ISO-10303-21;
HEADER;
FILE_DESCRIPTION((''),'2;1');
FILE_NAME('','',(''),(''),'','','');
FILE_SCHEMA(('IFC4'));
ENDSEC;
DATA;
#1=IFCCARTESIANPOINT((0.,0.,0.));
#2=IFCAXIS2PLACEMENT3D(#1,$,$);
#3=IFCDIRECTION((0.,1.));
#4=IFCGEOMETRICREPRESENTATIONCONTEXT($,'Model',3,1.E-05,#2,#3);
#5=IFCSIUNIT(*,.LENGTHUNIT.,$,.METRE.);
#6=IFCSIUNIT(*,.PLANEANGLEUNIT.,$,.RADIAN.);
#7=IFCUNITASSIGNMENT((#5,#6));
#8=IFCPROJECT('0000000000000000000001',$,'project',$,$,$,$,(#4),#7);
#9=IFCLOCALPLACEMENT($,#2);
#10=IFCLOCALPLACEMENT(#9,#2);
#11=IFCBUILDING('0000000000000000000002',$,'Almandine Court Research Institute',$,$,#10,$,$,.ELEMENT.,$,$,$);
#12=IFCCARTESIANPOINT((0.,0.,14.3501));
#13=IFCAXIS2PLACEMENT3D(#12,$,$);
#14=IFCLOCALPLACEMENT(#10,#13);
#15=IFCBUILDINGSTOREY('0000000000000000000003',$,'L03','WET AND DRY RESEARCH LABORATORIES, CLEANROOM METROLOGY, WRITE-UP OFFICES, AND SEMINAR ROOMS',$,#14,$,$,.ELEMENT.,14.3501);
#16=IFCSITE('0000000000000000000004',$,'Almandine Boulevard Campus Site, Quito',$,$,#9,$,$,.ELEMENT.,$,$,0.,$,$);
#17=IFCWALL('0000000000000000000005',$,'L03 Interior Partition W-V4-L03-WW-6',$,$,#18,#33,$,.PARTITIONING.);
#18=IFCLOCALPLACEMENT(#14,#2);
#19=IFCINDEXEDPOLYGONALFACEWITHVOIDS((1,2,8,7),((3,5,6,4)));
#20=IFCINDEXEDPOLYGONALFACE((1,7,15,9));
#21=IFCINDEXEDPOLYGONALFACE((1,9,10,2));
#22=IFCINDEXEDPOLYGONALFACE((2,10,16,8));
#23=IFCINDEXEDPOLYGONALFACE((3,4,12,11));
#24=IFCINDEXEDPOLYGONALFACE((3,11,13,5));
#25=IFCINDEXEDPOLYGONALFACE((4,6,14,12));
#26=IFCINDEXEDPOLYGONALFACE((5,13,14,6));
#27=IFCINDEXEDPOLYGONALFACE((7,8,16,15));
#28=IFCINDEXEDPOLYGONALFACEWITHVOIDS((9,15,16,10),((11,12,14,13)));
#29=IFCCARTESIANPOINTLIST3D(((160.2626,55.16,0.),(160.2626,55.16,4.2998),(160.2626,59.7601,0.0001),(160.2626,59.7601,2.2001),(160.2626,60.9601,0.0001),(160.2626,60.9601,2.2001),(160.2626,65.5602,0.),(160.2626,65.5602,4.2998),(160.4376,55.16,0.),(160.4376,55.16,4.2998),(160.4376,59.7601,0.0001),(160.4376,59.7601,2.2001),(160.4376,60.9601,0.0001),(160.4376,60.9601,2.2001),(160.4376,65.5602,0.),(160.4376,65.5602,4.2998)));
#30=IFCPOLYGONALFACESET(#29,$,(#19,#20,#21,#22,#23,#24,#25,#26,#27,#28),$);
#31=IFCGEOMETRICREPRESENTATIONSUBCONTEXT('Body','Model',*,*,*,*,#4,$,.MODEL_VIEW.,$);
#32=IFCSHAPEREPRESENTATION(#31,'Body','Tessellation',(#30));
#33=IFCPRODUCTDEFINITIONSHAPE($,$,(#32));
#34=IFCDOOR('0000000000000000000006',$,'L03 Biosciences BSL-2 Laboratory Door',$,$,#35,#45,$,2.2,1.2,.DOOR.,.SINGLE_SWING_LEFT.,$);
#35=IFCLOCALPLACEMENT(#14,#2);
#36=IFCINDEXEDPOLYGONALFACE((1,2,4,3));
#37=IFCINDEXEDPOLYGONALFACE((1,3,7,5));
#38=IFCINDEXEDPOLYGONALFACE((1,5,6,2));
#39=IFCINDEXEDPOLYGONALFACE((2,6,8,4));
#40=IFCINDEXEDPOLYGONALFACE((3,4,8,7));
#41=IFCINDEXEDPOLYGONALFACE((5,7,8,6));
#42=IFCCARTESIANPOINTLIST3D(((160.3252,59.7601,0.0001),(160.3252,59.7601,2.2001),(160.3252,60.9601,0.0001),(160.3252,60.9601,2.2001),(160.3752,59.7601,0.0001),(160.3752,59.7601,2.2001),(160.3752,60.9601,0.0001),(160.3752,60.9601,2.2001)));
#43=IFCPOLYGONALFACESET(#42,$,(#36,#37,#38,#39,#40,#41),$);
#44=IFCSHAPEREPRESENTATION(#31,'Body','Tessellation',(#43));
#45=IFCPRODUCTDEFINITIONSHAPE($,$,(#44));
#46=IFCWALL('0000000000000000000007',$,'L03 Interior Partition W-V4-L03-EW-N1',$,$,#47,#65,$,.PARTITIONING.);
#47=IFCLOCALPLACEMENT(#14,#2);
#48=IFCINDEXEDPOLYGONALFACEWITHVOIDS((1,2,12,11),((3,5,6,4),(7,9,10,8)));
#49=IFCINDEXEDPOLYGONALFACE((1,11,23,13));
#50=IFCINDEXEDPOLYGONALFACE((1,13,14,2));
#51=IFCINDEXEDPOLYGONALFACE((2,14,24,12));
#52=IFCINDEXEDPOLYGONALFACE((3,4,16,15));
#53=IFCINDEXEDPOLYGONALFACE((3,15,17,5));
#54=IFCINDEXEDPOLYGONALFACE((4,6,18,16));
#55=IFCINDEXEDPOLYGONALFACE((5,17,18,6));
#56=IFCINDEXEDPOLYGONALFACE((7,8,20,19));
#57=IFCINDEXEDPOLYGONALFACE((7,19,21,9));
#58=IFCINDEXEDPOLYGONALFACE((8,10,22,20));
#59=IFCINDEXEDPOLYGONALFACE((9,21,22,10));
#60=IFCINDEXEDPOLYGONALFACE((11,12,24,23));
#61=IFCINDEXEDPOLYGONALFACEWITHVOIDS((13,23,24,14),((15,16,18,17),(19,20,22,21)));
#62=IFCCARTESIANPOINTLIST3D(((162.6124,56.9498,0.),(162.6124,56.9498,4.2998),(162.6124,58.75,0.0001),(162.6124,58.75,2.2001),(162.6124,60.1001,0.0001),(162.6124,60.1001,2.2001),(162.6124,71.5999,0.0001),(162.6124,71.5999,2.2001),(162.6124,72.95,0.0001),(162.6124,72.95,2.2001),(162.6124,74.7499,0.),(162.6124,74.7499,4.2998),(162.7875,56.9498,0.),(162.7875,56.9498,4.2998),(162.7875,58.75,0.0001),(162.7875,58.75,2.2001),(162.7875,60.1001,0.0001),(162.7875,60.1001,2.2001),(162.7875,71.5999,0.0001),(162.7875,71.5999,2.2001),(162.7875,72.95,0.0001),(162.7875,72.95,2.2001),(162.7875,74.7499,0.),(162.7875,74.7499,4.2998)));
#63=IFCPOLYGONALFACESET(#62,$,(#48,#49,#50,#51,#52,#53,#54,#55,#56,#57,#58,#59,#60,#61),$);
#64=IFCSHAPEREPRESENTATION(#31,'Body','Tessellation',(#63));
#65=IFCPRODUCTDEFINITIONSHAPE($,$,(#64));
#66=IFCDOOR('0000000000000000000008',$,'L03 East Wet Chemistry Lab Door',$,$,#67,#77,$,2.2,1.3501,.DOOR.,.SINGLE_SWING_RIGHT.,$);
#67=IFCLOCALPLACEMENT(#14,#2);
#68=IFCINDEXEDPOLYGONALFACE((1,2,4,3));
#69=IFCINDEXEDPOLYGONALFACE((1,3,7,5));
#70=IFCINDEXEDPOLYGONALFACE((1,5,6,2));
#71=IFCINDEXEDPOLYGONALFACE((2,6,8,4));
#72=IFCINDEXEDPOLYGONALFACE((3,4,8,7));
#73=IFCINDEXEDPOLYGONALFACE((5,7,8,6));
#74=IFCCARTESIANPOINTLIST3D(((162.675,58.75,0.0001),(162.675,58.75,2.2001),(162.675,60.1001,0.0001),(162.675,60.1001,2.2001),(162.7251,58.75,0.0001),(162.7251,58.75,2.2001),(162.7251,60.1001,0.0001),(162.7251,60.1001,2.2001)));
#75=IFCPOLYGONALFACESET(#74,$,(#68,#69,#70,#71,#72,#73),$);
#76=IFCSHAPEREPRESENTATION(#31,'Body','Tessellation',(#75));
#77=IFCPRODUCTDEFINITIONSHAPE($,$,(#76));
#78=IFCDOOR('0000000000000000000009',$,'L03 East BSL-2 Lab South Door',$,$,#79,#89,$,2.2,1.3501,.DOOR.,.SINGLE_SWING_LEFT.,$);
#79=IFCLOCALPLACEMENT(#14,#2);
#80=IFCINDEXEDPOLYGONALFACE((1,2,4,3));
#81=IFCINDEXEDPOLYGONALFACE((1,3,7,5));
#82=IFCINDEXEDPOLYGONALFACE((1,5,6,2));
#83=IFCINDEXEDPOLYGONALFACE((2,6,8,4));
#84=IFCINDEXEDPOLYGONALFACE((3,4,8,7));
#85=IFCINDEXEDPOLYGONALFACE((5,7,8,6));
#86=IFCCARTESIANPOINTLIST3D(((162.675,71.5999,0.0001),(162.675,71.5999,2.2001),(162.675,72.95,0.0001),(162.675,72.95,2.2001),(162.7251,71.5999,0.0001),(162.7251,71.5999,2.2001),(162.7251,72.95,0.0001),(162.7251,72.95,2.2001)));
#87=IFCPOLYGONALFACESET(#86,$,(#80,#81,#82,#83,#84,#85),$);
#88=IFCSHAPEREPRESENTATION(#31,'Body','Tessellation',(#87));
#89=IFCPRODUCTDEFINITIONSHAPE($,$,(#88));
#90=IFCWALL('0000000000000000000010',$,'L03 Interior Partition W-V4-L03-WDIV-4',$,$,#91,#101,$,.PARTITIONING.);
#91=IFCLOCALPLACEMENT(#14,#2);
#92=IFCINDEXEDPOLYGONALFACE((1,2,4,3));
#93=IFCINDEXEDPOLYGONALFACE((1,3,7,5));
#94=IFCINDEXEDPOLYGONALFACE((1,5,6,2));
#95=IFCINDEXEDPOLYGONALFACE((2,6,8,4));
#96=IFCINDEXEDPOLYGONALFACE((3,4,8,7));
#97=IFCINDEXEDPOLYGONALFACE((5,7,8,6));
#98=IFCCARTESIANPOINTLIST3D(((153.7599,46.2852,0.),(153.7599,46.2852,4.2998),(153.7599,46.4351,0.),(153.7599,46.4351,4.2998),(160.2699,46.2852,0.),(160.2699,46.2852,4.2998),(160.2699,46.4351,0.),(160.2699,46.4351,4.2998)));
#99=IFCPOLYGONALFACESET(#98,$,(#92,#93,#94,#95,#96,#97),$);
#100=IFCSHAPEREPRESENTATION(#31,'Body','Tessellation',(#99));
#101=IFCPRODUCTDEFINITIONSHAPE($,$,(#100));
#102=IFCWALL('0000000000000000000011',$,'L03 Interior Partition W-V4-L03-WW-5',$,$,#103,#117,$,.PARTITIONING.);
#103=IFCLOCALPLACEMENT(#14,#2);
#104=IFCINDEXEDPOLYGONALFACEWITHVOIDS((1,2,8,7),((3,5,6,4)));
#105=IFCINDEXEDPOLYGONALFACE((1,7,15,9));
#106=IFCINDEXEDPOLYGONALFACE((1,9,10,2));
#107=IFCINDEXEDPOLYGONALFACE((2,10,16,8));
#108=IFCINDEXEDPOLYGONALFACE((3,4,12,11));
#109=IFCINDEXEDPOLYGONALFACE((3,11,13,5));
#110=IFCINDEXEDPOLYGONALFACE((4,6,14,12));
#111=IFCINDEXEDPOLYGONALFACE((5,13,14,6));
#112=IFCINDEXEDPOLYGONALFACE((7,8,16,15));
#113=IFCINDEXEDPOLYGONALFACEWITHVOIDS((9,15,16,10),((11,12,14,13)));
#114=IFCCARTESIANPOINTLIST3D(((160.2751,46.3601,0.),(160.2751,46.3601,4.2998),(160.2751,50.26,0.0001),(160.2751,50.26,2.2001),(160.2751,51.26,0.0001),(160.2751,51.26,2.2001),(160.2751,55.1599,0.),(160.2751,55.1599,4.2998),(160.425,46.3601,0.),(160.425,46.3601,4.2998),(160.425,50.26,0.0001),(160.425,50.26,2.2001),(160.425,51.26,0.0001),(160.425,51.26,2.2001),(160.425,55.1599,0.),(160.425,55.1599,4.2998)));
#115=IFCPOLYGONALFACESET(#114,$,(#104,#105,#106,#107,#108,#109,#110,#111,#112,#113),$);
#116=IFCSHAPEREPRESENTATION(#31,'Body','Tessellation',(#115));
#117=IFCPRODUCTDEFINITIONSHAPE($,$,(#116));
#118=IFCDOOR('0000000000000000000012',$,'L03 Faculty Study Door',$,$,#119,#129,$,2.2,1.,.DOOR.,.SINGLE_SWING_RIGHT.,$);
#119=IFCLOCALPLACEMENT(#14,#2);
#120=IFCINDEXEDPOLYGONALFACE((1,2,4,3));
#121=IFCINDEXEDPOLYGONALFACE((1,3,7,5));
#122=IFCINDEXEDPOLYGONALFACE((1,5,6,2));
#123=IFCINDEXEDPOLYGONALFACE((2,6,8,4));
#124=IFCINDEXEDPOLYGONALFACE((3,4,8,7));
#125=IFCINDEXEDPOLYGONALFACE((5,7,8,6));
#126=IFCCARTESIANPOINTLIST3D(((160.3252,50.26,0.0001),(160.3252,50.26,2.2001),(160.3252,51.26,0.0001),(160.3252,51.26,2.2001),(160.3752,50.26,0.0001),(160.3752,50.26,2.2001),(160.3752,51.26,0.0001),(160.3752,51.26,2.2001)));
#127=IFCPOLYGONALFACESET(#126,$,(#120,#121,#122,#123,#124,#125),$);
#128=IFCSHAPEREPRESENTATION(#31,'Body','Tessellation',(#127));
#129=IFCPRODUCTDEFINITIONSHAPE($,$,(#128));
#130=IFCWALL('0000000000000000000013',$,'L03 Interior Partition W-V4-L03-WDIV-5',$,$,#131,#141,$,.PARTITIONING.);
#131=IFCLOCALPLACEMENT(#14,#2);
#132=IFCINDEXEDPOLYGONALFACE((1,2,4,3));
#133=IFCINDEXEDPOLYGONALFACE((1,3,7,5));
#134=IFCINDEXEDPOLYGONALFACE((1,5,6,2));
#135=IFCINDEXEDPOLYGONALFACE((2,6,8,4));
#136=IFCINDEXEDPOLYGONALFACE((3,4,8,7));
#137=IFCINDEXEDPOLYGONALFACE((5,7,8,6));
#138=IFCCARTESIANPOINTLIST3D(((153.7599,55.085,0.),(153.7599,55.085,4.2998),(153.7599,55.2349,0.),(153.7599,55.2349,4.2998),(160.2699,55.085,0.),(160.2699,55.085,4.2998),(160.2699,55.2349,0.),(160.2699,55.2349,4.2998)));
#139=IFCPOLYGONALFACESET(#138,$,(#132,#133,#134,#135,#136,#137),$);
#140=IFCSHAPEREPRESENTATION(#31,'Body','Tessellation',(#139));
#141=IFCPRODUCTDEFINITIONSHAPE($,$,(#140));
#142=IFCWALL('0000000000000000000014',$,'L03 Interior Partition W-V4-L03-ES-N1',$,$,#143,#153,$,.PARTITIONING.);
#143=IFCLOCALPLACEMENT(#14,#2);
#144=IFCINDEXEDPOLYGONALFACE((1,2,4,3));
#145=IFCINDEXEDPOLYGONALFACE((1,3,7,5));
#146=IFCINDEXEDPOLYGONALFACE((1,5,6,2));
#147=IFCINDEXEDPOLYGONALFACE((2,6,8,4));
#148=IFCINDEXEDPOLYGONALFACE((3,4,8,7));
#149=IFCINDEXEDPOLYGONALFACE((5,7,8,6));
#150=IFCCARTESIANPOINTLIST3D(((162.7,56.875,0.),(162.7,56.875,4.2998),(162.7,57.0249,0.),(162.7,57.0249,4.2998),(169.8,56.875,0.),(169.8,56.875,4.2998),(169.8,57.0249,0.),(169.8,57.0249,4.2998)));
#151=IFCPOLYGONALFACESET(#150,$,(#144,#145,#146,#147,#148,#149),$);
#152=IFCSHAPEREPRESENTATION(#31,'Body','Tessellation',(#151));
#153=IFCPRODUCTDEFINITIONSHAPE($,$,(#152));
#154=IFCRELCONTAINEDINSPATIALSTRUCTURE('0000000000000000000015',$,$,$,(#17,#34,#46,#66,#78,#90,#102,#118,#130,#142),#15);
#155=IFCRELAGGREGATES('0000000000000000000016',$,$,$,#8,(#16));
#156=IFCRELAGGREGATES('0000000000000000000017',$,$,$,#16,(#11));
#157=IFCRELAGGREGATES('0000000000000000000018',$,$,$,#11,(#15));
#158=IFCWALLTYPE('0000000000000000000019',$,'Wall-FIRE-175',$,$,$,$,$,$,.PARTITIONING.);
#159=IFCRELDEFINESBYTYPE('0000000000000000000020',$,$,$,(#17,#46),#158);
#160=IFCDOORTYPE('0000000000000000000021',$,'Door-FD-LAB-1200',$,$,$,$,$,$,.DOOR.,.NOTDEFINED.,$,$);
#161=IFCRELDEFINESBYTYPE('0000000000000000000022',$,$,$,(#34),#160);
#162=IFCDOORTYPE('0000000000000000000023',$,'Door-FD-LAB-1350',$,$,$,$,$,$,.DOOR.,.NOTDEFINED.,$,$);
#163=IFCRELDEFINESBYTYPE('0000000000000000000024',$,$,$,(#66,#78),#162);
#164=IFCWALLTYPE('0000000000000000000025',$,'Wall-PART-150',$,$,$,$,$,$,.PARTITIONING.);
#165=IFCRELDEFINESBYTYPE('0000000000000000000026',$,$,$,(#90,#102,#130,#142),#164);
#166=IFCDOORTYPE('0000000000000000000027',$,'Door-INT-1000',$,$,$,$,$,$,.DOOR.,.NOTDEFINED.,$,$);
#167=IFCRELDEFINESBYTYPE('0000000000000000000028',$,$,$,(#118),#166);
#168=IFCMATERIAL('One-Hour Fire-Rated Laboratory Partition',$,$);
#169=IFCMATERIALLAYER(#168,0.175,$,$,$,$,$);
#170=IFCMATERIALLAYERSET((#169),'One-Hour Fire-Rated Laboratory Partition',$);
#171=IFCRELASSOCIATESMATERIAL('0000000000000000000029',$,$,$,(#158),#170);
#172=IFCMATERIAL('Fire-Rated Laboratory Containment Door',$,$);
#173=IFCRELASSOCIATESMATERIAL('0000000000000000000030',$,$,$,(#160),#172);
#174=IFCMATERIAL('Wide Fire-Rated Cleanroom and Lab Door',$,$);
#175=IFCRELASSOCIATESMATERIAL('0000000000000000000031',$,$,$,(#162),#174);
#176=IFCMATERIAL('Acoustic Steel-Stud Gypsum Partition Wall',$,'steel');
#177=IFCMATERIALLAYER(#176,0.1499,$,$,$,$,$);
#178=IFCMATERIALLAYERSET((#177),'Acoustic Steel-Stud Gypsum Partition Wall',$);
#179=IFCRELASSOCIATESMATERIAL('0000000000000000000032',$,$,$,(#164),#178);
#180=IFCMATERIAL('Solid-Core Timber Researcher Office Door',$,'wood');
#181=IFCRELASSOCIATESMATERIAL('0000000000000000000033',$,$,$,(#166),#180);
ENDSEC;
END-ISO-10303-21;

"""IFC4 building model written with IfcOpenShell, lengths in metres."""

from ifc_helpers import new_model, si_unit, direction, frame, frame_2d, origin, place, context, subcontext, project, spatial, rectangle, extrude, material, layer, layer_set, type_object, element, fill, save


model = new_model("IFC4")

# Units and contexts
model_context = context("Model", 3, precision=1e-05, world=origin(), true_north=direction((0.0, 1.0)))
body_context = subcontext(model_context, "Body", "Model", "MODEL_VIEW")
ifc_project = project(units=[si_unit("LENGTHUNIT", "METRE"), si_unit("PLANEANGLEUNIT", "RADIAN")], contexts=[model_context])

# Site, building, storey
site_placement = place(None, origin())
site = spatial("IfcSite", under=ifc_project, at=site_placement, Name="Almandine Boulevard Campus Site, Quito", CompositionType="ELEMENT", RefElevation=0.0)
building_placement = place(site_placement, origin())
building = spatial("IfcBuilding", under=site, at=building_placement, Name="Almandine Court Research Institute", CompositionType="ELEMENT")
storey_placement = place(building_placement, frame((0.0, 0.0, 14.3501)))
storey = spatial("IfcBuildingStorey", under=building, at=storey_placement, Name="L03", Description="WET AND DRY RESEARCH LABORATORIES, CLEANROOM METROLOGY, WRITE-UP OFFICES, AND SEMINAR ROOMS", CompositionType="ELEMENT", Elevation=14.3501)

# Wall, opening, door
ifc_material_1 = material(Name="One-Hour Fire-Rated Laboratory Partition")
ifc_layer_1 = layer(ifc_material_1, 0.175)
ifc_layer_set_1 = layer_set([ifc_layer_1], Name="One-Hour Fire-Rated Laboratory Partition")
wall_type_1 = type_object("IfcWallType", Name="Wall-FIRE-175", PredefinedType="PARTITIONING", material=ifc_layer_set_1)
wall_1_placement = place(storey_placement, frame((160.3501, 55.1599, 0.0), z_axis=(0.0, 0.0, 1.0), x_axis=(0.0, 1.0, 0.0)))
wall_1 = element("IfcWall", 1, at=wall_1_placement, inside=storey, type_object=wall_type_1, Name="L03 Interior Partition W-V4-L03-WW-6", PredefinedType="PARTITIONING", context=body_context, shape_type="SweptSolid", body=[
    extrude(rectangle(XDim=10.4001, YDim=0.175, at=frame_2d((5.2002, 0.0))), origin(), (0.0, 0.0, 1.0), 4.2998),
])
opening_1_placement = place(wall_1_placement, frame((4.6001, 0.0, 0.0)))
opening_1 = element("IfcOpeningElement", 2, at=opening_1_placement, cuts=wall_1, PredefinedType="OPENING", context=body_context, shape_type="SweptSolid", body=[
    extrude(rectangle(XDim=1.2, YDim=2.2, at=frame_2d((0.6001, 1.1001))), frame((0.0, 0.0974, 0.0), z_axis=(0.0, -1.0, 0.0), x_axis=(1.0, 0.0, 0.0)), (0.0, 0.0, 1.0), 0.1951),
])
ifc_material_2 = material(Name="Fire-Rated Laboratory Containment Door")
door_type_1 = type_object("IfcDoorType", Name="Door-FD-LAB-1200", OperationType="NOTDEFINED", PredefinedType="DOOR", material=ifc_material_2)
door_1_placement = place(opening_1_placement, origin())
door_1 = element("IfcDoor", 3, at=door_1_placement, inside=storey, type_object=door_type_1, Name="L03 Biosciences BSL-2 Laboratory Door", OperationType="SINGLE_SWING_LEFT", OverallHeight=2.2, OverallWidth=1.2, PredefinedType="DOOR", context=body_context, shape_type="SweptSolid", body=[
    extrude(rectangle(XDim=1.2, YDim=2.2, at=frame_2d((0.6001, 1.1001))), frame((0.0, 0.0249, 0.0), z_axis=(0.0, -1.0, 0.0), x_axis=(1.0, 0.0, 0.0)), (0.0, 0.0, 1.0), 0.05),
])
fill(opening_1, door_1)

# Wall, openings, doors
wall_2_placement = place(storey_placement, frame((162.7, 56.95, 0.0), z_axis=(0.0, 0.0, 1.0), x_axis=(0.0, 1.0, 0.0)))
wall_2 = element("IfcWall", 4, at=wall_2_placement, inside=storey, type_object=wall_type_1, Name="L03 Interior Partition W-V4-L03-EW-N1", PredefinedType="PARTITIONING", context=body_context, shape_type="SweptSolid", body=[
    extrude(rectangle(XDim=17.8, YDim=0.175, at=frame_2d((8.8999, 0.0))), origin(), (0.0, 0.0, 1.0), 4.2998),
])
opening_2_placement = place(wall_2_placement, frame((1.8, 0.0, 0.0)))
opening_2 = element("IfcOpeningElement", 5, at=opening_2_placement, cuts=wall_2, PredefinedType="OPENING", context=body_context, shape_type="SweptSolid", body=[
    extrude(rectangle(XDim=1.3501, YDim=2.2, at=frame_2d((0.675, 1.1001))), frame((0.0, 0.0974, 0.0), z_axis=(0.0, -1.0, 0.0), x_axis=(1.0, 0.0, 0.0)), (0.0, 0.0, 1.0), 0.1951),
])
opening_3_placement = place(wall_2_placement, frame((14.6499, 0.0, 0.0)))
opening_3 = element("IfcOpeningElement", 6, at=opening_3_placement, cuts=wall_2, PredefinedType="OPENING", context=body_context, shape_type="SweptSolid", body=[
    extrude(rectangle(XDim=1.3501, YDim=2.2, at=frame_2d((0.675, 1.1001))), frame((0.0, 0.0974, 0.0), z_axis=(0.0, -1.0, 0.0), x_axis=(1.0, 0.0, 0.0)), (0.0, 0.0, 1.0), 0.1951),
])
ifc_material_3 = material(Name="Wide Fire-Rated Cleanroom and Lab Door")
door_type_2 = type_object("IfcDoorType", Name="Door-FD-LAB-1350", OperationType="NOTDEFINED", PredefinedType="DOOR", material=ifc_material_3)
door_2_placement = place(opening_2_placement, origin())
door_2 = element("IfcDoor", 7, at=door_2_placement, inside=storey, type_object=door_type_2, Name="L03 East Wet Chemistry Lab Door", OperationType="SINGLE_SWING_RIGHT", OverallHeight=2.2, OverallWidth=1.3501, PredefinedType="DOOR", context=body_context, shape_type="SweptSolid", body=[
    extrude(rectangle(XDim=1.3501, YDim=2.2, at=frame_2d((0.675, 1.1001))), frame((0.0, 0.0249, 0.0), z_axis=(0.0, -1.0, 0.0), x_axis=(1.0, 0.0, 0.0)), (0.0, 0.0, 1.0), 0.05),
])
fill(opening_2, door_2)
door_3_placement = place(opening_3_placement, origin())
door_3 = element("IfcDoor", 8, at=door_3_placement, inside=storey, type_object=door_type_2, Name="L03 East BSL-2 Lab South Door", OperationType="SINGLE_SWING_LEFT", OverallHeight=2.2, OverallWidth=1.3501, PredefinedType="DOOR", context=body_context, shape_type="SweptSolid", body=[
    extrude(rectangle(XDim=1.3501, YDim=2.2, at=frame_2d((0.675, 1.1001))), frame((0.0, 0.0249, 0.0), z_axis=(0.0, -1.0, 0.0), x_axis=(1.0, 0.0, 0.0)), (0.0, 0.0, 1.0), 0.05),
])
fill(opening_3, door_3)

# Wall
ifc_material_4 = material(Name="Acoustic Steel-Stud Gypsum Partition Wall", Category="steel")
ifc_layer_2 = layer(ifc_material_4, 0.1499)
ifc_layer_set_2 = layer_set([ifc_layer_2], Name="Acoustic Steel-Stud Gypsum Partition Wall")
wall_type_2 = type_object("IfcWallType", Name="Wall-PART-150", PredefinedType="PARTITIONING", material=ifc_layer_set_2)
wall_3_placement = place(storey_placement, frame((153.76, 46.3601, 0.0), z_axis=(0.0, 0.0, 1.0), x_axis=(1.0, 0.0, 0.0)))
element("IfcWall", 9, at=wall_3_placement, inside=storey, type_object=wall_type_2, Name="L03 Interior Partition W-V4-L03-WDIV-4", PredefinedType="PARTITIONING", context=body_context, shape_type="SweptSolid", body=[
    extrude(rectangle(XDim=6.51, YDim=0.1499, at=frame_2d((3.2549, 0.0))), origin(), (0.0, 0.0, 1.0), 4.2998),
])

# Wall, opening, door
wall_4_placement = place(storey_placement, frame((160.3501, 46.3601, 0.0), z_axis=(0.0, 0.0, 1.0), x_axis=(0.0, 1.0, 0.0)))
wall_4 = element("IfcWall", 10, at=wall_4_placement, inside=storey, type_object=wall_type_2, Name="L03 Interior Partition W-V4-L03-WW-5", PredefinedType="PARTITIONING", context=body_context, shape_type="SweptSolid", body=[
    extrude(rectangle(XDim=8.7998, YDim=0.1499, at=frame_2d((4.3999, 0.0))), origin(), (0.0, 0.0, 1.0), 4.2998),
])
opening_4_placement = place(wall_4_placement, frame((3.8999, 0.0, 0.0)))
opening_4 = element("IfcOpeningElement", 11, at=opening_4_placement, cuts=wall_4, PredefinedType="OPENING", context=body_context, shape_type="SweptSolid", body=[
    extrude(rectangle(XDim=1.0, YDim=2.2, at=frame_2d((0.5, 1.1001))), frame((0.0, 0.085, 0.0), z_axis=(0.0, -1.0, 0.0), x_axis=(1.0, 0.0, 0.0)), (0.0, 0.0, 1.0), 0.1699),
])
ifc_material_5 = material(Name="Solid-Core Timber Researcher Office Door", Category="wood")
door_type_3 = type_object("IfcDoorType", Name="Door-INT-1000", OperationType="NOTDEFINED", PredefinedType="DOOR", material=ifc_material_5)
door_4_placement = place(opening_4_placement, origin())
door_4 = element("IfcDoor", 12, at=door_4_placement, inside=storey, type_object=door_type_3, Name="L03 Faculty Study Door", OperationType="SINGLE_SWING_RIGHT", OverallHeight=2.2, OverallWidth=1.0, PredefinedType="DOOR", context=body_context, shape_type="SweptSolid", body=[
    extrude(rectangle(XDim=1.0, YDim=2.2, at=frame_2d((0.5, 1.1001))), frame((0.0, 0.0249, 0.0), z_axis=(0.0, -1.0, 0.0), x_axis=(1.0, 0.0, 0.0)), (0.0, 0.0, 1.0), 0.05),
])
fill(opening_4, door_4)

# Walls
wall_5_placement = place(storey_placement, frame((153.76, 55.1599, 0.0), z_axis=(0.0, 0.0, 1.0), x_axis=(1.0, 0.0, 0.0)))
element("IfcWall", 13, at=wall_5_placement, inside=storey, type_object=wall_type_2, Name="L03 Interior Partition W-V4-L03-WDIV-5", PredefinedType="PARTITIONING", context=body_context, shape_type="SweptSolid", body=[
    extrude(rectangle(XDim=6.51, YDim=0.1499, at=frame_2d((3.2549, 0.0))), origin(), (0.0, 0.0, 1.0), 4.2998),
])
wall_6_placement = place(storey_placement, frame((162.7, 56.95, 0.0), z_axis=(0.0, 0.0, 1.0), x_axis=(1.0, 0.0, 0.0)))
element("IfcWall", 14, at=wall_6_placement, inside=storey, type_object=wall_type_2, Name="L03 Interior Partition W-V4-L03-ES-N1", PredefinedType="PARTITIONING", context=body_context, shape_type="SweptSolid", body=[
    extrude(rectangle(XDim=7.1001, YDim=0.1499, at=frame_2d((3.55, 0.0))), origin(), (0.0, 0.0, 1.0), 4.2998),
])

save(model, "model.ifc")
